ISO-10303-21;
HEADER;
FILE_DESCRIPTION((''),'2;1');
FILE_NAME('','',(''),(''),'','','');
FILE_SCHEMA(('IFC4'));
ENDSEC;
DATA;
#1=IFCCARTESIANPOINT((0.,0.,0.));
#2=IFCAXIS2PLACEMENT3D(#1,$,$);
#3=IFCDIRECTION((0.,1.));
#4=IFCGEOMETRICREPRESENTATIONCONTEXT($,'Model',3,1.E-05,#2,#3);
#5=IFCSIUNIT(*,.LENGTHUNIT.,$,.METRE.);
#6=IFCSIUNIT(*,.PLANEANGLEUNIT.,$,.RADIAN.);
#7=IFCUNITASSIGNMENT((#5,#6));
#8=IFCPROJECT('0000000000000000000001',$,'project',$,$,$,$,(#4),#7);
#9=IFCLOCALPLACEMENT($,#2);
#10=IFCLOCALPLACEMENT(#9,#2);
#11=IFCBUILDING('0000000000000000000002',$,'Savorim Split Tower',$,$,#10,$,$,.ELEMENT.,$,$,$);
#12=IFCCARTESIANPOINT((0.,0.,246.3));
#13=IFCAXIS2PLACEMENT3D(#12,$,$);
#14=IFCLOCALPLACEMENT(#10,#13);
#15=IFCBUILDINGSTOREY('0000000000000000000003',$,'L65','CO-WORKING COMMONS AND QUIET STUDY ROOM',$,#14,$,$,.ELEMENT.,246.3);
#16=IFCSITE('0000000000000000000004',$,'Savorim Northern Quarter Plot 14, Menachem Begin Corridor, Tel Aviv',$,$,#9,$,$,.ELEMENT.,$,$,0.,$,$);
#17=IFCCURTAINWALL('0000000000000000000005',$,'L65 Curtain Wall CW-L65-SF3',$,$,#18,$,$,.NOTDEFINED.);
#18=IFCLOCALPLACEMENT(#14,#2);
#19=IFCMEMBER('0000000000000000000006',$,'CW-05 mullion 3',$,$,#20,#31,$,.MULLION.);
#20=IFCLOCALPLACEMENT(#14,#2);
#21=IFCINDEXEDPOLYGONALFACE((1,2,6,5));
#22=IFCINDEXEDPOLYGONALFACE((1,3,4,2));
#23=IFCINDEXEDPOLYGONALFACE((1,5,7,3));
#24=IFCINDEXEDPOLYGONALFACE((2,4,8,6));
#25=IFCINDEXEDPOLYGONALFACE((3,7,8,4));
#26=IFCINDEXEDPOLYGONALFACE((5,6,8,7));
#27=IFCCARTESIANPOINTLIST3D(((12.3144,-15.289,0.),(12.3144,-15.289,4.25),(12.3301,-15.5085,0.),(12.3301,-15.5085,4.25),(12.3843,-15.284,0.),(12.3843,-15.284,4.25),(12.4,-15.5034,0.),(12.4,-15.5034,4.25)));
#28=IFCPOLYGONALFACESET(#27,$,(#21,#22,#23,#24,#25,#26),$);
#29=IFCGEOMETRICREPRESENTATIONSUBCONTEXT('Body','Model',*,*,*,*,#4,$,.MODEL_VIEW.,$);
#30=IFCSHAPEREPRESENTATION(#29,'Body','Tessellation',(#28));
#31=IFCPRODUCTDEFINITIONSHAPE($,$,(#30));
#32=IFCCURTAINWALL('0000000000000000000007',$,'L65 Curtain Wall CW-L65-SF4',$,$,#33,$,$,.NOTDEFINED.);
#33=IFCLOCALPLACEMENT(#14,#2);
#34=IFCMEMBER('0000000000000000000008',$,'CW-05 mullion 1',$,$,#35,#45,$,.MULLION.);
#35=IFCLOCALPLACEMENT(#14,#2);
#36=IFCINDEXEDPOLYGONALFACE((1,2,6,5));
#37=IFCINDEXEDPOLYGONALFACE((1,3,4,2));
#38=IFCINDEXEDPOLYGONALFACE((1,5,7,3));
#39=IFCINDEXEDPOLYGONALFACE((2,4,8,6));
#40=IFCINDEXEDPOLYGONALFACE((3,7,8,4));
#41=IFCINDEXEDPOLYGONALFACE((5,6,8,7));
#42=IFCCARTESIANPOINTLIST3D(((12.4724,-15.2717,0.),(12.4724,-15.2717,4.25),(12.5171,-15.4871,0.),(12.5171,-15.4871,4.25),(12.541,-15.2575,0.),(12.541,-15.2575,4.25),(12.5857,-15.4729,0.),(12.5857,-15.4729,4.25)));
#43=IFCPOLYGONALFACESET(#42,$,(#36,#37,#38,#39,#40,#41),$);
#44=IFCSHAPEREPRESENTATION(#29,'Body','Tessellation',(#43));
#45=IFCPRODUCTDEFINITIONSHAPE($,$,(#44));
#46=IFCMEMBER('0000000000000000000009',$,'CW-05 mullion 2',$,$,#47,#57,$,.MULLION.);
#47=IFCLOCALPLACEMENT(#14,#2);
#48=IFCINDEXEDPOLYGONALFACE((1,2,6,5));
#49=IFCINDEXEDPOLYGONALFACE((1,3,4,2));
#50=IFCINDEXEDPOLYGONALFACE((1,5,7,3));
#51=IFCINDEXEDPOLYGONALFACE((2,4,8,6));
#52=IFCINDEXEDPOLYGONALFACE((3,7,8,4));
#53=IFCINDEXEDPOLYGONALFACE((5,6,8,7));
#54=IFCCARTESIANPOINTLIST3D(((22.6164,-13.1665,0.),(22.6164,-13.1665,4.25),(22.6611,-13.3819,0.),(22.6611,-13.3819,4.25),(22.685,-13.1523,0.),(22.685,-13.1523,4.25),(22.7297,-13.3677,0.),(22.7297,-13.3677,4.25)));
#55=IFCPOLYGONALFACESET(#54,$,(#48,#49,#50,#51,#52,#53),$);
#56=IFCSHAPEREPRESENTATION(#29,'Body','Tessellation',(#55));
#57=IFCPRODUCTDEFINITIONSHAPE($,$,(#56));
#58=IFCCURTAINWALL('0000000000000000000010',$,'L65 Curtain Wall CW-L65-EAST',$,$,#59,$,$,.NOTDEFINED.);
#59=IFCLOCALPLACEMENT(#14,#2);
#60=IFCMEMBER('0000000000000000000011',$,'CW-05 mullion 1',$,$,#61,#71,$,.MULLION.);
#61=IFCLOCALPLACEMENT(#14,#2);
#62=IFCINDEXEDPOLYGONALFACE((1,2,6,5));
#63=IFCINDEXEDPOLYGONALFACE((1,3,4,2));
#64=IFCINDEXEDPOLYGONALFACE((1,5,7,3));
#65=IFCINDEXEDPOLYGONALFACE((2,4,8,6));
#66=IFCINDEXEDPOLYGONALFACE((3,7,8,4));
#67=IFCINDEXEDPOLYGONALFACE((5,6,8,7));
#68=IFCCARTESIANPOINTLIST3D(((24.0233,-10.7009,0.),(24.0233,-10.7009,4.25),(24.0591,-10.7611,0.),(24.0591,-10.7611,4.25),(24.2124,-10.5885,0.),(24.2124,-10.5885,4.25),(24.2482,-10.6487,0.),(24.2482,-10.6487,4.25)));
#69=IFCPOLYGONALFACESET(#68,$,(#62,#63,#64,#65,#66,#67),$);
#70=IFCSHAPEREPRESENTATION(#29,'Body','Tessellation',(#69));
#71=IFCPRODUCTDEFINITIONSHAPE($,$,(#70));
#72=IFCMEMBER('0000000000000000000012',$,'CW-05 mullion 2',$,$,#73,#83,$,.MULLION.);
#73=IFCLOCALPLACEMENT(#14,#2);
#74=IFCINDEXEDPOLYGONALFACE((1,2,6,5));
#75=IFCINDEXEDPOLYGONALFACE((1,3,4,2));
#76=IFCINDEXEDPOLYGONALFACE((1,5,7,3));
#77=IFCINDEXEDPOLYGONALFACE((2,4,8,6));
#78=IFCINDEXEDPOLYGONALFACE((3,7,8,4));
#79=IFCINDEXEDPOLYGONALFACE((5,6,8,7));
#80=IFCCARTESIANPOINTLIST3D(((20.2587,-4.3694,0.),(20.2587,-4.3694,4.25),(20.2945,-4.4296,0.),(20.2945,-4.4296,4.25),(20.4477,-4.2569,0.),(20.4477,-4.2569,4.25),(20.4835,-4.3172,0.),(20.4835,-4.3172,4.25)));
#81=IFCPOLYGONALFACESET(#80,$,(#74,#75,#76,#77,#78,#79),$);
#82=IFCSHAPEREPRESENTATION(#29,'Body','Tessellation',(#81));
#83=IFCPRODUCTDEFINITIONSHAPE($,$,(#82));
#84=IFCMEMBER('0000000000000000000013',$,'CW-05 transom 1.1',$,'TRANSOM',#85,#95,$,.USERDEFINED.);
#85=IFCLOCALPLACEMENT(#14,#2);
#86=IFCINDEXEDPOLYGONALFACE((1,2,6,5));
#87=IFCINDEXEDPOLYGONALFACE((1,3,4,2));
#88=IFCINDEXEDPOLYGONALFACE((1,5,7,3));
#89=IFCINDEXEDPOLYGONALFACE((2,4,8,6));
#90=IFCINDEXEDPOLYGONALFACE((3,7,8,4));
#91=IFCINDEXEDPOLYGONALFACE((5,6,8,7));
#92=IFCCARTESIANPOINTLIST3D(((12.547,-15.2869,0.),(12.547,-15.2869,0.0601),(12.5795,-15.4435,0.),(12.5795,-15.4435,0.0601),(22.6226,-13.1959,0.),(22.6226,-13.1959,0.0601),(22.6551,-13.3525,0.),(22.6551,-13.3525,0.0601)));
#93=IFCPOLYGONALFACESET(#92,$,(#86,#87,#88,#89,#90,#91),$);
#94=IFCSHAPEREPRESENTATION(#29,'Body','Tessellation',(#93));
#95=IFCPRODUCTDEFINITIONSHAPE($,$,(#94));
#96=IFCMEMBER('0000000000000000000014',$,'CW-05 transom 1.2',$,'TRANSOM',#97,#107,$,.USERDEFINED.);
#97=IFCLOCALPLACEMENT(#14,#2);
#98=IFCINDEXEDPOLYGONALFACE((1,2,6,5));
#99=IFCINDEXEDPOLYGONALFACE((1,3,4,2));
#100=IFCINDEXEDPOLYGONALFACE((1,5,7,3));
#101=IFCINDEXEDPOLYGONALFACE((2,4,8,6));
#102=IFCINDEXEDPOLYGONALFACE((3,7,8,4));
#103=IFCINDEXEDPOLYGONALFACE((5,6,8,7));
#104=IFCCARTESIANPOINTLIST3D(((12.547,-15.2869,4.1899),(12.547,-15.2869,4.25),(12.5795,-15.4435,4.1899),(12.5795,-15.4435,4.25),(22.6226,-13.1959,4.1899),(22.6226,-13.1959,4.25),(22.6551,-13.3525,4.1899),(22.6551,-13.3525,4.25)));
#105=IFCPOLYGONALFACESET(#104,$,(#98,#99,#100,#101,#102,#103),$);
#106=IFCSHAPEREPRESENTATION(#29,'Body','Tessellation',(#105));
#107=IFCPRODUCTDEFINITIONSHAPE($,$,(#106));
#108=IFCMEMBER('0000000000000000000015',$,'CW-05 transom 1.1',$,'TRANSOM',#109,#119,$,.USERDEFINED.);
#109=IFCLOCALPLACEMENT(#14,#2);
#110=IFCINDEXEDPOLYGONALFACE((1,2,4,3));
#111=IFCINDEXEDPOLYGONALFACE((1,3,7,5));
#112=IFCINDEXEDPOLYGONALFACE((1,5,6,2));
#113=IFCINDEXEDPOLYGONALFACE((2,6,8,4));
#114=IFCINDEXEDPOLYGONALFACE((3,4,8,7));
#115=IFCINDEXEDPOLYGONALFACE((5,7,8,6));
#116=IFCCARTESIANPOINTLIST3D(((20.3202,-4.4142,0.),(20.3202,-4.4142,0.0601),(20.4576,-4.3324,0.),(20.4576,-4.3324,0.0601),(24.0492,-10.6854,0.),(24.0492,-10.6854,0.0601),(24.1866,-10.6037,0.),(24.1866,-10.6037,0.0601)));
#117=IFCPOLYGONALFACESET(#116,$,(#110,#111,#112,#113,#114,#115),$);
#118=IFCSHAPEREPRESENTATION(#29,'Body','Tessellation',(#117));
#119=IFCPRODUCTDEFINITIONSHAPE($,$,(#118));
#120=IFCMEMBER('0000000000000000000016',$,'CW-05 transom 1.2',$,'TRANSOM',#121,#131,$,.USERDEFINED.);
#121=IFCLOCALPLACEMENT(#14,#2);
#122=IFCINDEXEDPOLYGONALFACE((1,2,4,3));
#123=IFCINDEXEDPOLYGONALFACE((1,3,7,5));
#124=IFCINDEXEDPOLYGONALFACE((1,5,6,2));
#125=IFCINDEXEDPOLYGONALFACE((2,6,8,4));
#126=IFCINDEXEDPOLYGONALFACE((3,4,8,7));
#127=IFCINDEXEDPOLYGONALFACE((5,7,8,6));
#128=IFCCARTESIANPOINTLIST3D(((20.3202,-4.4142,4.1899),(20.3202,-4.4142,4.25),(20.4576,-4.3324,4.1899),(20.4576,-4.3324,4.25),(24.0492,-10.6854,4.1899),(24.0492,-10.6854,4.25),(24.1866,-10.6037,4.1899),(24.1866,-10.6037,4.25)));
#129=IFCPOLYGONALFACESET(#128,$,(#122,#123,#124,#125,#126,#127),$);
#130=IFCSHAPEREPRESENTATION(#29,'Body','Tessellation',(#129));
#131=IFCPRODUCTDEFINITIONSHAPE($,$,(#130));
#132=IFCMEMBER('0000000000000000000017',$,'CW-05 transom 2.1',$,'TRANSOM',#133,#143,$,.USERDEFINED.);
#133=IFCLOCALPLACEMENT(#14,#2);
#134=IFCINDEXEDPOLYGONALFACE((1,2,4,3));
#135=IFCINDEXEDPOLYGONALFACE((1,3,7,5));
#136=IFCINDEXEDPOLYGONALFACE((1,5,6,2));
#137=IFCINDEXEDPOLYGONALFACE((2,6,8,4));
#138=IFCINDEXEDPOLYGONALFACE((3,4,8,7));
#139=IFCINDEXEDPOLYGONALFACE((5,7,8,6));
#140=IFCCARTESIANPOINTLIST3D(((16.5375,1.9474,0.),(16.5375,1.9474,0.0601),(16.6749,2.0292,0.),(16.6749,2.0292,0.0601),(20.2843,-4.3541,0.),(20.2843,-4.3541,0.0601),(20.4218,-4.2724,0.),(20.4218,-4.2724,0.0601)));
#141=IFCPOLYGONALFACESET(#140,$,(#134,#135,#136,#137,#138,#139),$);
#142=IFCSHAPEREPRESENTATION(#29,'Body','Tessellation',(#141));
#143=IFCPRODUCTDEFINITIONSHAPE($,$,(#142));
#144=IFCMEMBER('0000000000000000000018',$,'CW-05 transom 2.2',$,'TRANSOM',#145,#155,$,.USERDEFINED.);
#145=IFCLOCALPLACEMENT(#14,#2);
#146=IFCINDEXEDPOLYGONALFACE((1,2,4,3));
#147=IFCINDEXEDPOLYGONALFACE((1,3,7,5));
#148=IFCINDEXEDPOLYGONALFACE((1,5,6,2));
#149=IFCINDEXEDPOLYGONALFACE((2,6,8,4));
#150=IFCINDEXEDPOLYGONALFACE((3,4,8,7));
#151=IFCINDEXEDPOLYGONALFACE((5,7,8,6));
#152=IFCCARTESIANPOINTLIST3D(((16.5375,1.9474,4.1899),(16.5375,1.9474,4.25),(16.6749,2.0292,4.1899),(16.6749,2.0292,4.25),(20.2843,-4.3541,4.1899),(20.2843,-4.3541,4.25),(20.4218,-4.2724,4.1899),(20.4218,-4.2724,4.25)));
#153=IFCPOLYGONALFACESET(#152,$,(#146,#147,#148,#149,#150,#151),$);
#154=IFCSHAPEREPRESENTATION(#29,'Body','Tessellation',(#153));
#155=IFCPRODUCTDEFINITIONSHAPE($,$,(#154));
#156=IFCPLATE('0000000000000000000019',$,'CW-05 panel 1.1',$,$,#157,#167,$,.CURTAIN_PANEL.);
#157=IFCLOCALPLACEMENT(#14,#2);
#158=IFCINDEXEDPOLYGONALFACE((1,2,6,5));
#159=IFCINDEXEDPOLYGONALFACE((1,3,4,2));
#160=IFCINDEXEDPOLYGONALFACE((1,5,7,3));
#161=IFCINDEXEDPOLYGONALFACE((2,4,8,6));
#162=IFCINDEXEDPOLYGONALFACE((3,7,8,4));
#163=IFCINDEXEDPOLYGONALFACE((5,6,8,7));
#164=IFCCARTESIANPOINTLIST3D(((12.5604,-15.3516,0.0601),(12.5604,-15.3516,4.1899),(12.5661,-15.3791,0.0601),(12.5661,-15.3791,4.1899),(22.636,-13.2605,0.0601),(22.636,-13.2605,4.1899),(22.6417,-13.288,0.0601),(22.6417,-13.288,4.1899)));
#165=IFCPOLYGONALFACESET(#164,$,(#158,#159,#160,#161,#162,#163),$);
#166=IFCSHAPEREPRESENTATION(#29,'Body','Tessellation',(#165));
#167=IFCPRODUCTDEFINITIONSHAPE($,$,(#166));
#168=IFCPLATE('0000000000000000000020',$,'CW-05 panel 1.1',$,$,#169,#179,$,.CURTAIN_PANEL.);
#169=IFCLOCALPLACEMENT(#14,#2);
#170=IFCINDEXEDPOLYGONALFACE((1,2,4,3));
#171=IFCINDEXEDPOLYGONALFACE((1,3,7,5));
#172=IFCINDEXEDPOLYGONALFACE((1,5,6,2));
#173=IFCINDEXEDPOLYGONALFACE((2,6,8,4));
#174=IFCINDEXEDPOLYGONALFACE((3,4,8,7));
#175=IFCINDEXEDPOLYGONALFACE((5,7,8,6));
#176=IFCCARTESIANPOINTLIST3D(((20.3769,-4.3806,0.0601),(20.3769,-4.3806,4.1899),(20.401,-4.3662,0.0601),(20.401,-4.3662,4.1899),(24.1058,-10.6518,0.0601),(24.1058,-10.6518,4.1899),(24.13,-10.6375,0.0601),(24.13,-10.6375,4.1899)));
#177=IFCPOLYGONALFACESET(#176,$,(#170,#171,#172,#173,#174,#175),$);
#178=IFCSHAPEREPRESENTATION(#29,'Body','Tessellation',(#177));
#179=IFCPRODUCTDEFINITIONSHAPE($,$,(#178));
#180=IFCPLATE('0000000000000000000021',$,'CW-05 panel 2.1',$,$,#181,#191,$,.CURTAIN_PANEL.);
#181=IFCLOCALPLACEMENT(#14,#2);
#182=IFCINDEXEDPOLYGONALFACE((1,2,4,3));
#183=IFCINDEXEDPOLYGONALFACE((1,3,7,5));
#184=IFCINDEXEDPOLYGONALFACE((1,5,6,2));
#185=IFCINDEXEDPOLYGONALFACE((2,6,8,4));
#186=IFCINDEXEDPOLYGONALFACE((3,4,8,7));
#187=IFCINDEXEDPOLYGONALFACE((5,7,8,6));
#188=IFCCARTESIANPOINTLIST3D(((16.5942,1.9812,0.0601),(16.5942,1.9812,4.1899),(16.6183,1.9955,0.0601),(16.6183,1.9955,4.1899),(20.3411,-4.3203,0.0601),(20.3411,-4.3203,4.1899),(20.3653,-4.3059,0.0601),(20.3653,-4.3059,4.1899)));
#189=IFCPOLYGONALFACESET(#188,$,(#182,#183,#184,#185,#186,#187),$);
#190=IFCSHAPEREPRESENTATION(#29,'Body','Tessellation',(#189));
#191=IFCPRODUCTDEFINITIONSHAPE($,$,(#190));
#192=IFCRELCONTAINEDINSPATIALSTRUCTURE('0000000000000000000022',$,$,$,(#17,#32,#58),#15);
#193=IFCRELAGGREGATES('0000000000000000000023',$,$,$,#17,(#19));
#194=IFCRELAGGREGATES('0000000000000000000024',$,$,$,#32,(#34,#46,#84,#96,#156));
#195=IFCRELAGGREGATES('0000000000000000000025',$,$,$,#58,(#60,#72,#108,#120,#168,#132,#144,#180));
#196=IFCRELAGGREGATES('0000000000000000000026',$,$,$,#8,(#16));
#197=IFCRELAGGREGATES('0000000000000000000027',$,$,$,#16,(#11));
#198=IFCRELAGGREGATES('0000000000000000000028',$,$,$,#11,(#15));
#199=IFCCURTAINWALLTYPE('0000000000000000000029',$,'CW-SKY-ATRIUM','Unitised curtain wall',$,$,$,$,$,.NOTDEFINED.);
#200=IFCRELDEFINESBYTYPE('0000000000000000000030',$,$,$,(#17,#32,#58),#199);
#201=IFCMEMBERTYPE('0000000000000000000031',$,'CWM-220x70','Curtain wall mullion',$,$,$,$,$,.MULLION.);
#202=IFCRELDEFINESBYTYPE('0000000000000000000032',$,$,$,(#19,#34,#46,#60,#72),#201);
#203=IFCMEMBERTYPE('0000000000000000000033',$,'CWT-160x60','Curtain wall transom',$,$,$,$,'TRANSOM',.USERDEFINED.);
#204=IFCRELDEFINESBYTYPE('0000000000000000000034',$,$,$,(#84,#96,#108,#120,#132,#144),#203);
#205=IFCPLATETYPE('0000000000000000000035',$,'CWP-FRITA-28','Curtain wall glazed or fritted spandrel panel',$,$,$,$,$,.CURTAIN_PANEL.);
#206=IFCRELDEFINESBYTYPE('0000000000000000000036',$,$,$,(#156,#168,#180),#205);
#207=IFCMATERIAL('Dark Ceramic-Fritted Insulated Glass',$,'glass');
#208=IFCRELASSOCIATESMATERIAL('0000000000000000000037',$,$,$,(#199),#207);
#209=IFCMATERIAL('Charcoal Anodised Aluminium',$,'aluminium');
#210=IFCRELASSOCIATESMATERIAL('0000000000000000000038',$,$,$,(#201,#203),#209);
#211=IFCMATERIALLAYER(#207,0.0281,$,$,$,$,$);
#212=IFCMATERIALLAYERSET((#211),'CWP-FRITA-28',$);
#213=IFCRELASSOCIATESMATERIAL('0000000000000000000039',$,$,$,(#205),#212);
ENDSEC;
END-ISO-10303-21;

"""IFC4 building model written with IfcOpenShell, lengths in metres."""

from ifc_helpers import new_model, si_unit, direction, frame, origin, origin_2d, place, context, subcontext, project, spatial, rectangle, extrude, material, layer, layer_set, material_profile, profile_set, type_object, element, aggregate, save


model = new_model("IFC4")

# Units and contexts
model_context = context("Model", 3, precision=1e-05, world=origin(), true_north=direction((0.0, 1.0)))
body_context = subcontext(model_context, "Body", "Model", "MODEL_VIEW")
ifc_project = project(units=[si_unit("LENGTHUNIT", "METRE"), si_unit("PLANEANGLEUNIT", "RADIAN")], contexts=[model_context])

# Site, building, storey
site_placement = place(None, origin())
site = spatial("IfcSite", under=ifc_project, at=site_placement, Name="Savorim Northern Quarter Plot 14, Menachem Begin Corridor, Tel Aviv", CompositionType="ELEMENT", RefElevation=0.0)
building_placement = place(site_placement, origin())
building = spatial("IfcBuilding", under=site, at=building_placement, Name="Savorim Split Tower", CompositionType="ELEMENT")
storey_placement = place(building_placement, frame((0.0, 0.0, 246.3)))
storey = spatial("IfcBuildingStorey", under=building, at=storey_placement, Name="L65", Description="CO-WORKING COMMONS AND QUIET STUDY ROOM", CompositionType="ELEMENT", Elevation=246.3)

# Curtain wall, member
ifc_material_1 = material(Name="Dark Ceramic-Fritted Insulated Glass", Category="glass")
curtain_wall_type = type_object("IfcCurtainWallType", Name="CW-SKY-ATRIUM", Description="Unitised curtain wall", PredefinedType="NOTDEFINED", material=ifc_material_1)
curtain_wall_1_placement = place(storey_placement, origin())
curtain_wall_1 = element("IfcCurtainWall", 1, at=curtain_wall_1_placement, inside=storey, type_object=curtain_wall_type, Name="L65 Curtain Wall CW-L65-SF3", PredefinedType="NOTDEFINED")
ifc_material_2 = material(Name="Charcoal Anodised Aluminium", Category="aluminium")
ifc_material_profile_1 = material_profile(ifc_material_2, rectangle(XDim=0.22, YDim=0.0701, at=origin_2d()), Name="ALU-M 220x70")
ifc_profile_set_1 = profile_set([ifc_material_profile_1], Name="Charcoal Anodised Aluminium")
member_type_1 = type_object("IfcMemberType", Name="CWM-220x70", Description="Curtain wall mullion", PredefinedType="MULLION", material=ifc_profile_set_1)
member_1_placement = place(storey_placement, frame((12.3572, -15.3962, 0.0), z_axis=(0.0, 0.0, 1.0), x_axis=(-0.071562, 0.997436, 0.0)))
member_1 = element("IfcMember", 2, at=member_1_placement, type_object=member_type_1, Name="CW-05 mullion 3", PredefinedType="MULLION", context=body_context, shape_type="SweptSolid", body=[
    extrude(rectangle(XDim=0.22, YDim=0.0701, at=origin_2d()), origin(), (0.0, 0.0, 1.0), 4.25),
])
aggregate(curtain_wall_1, [member_1])

# Curtain walls, members
curtain_wall_2_placement = place(storey_placement, origin())
curtain_wall_2 = element("IfcCurtainWall", 3, at=curtain_wall_2_placement, inside=storey, type_object=curtain_wall_type, Name="L65 Curtain Wall CW-L65-SF4", PredefinedType="NOTDEFINED")
member_2_placement = place(storey_placement, frame((12.5291, -15.3723, 0.0), z_axis=(0.0, 0.0, 1.0), x_axis=(-0.203208, 0.979136, 0.0)))
member_2 = element("IfcMember", 4, at=member_2_placement, type_object=member_type_1, Name="CW-05 mullion 1", PredefinedType="MULLION", context=body_context, shape_type="SweptSolid", body=[
    extrude(rectangle(XDim=0.22, YDim=0.0701, at=origin_2d()), origin(), (0.0, 0.0, 1.0), 4.25),
])
member_3_placement = place(storey_placement, frame((22.6731, -13.2671, 0.0), z_axis=(0.0, 0.0, 1.0), x_axis=(-0.203208, 0.979136, 0.0)))
member_3 = element("IfcMember", 5, at=member_3_placement, type_object=member_type_1, Name="CW-05 mullion 2", PredefinedType="MULLION", context=body_context, shape_type="SweptSolid", body=[
    extrude(rectangle(XDim=0.22, YDim=0.0701, at=origin_2d()), origin(), (0.0, 0.0, 1.0), 4.25),
])
curtain_wall_3_placement = place(storey_placement, origin())
curtain_wall_3 = element("IfcCurtainWall", 6, at=curtain_wall_3_placement, inside=storey, type_object=curtain_wall_type, Name="L65 Curtain Wall CW-L65-EAST", PredefinedType="NOTDEFINED")
member_4_placement = place(storey_placement, frame((24.1357, -10.6748, 0.0), z_axis=(0.0, 0.0, 1.0), x_axis=(-0.859527, -0.51109, 0.0)))
member_4 = element("IfcMember", 7, at=member_4_placement, type_object=member_type_1, Name="CW-05 mullion 1", PredefinedType="MULLION", context=body_context, shape_type="SweptSolid", body=[
    extrude(rectangle(XDim=0.22, YDim=0.0701, at=origin_2d()), origin(), (0.0, 0.0, 1.0), 4.25),
])
member_5_placement = place(storey_placement, frame((20.3711, -4.3433, 0.0), z_axis=(0.0, 0.0, 1.0), x_axis=(-0.859527, -0.51109, 0.0)))
member_5 = element("IfcMember", 8, at=member_5_placement, type_object=member_type_1, Name="CW-05 mullion 2", PredefinedType="MULLION", context=body_context, shape_type="SweptSolid", body=[
    extrude(rectangle(XDim=0.22, YDim=0.0701, at=origin_2d()), origin(), (0.0, 0.0, 1.0), 4.25),
])

# Members
ifc_material_profile_2 = material_profile(ifc_material_2, rectangle(XDim=0.1599, YDim=0.0601, at=origin_2d()), Name="ALU-T 160x60")
ifc_profile_set_2 = profile_set([ifc_material_profile_2], Name="Charcoal Anodised Aluminium")
member_type_2 = type_object("IfcMemberType", Name="CWT-160x60", Description="Curtain wall transom", ElementType="TRANSOM", PredefinedType="USERDEFINED", material=ifc_profile_set_2)
member_6_placement = place(storey_placement, frame((12.5632, -15.3652, 0.03), z_axis=(0.979136, 0.203206, 0.0), x_axis=(-0.203206, 0.979136, 0.0)))
member_6 = element("IfcMember", 9, at=member_6_placement, type_object=member_type_2, Name="CW-05 transom 1.1", ObjectType="TRANSOM", PredefinedType="USERDEFINED", context=body_context, shape_type="SweptSolid", body=[
    extrude(rectangle(XDim=0.1599, YDim=0.0601, at=origin_2d()), origin(), (0.0, 0.0, 1.0), 10.2903),
])
member_7_placement = place(storey_placement, frame((12.5632, -15.3652, 4.22), z_axis=(0.979136, 0.203206, 0.0), x_axis=(-0.203206, 0.979136, 0.0)))
member_7 = element("IfcMember", 10, at=member_7_placement, type_object=member_type_2, Name="CW-05 transom 1.2", ObjectType="TRANSOM", PredefinedType="USERDEFINED", context=body_context, shape_type="SweptSolid", body=[
    extrude(rectangle(XDim=0.1599, YDim=0.0601, at=origin_2d()), origin(), (0.0, 0.0, 1.0), 10.2903),
])
member_8_placement = place(storey_placement, frame((24.1179, -10.6445, 0.03), z_axis=(-0.511091, 0.859526, 0.0), x_axis=(-0.859526, -0.511091, 0.0)))
member_8 = element("IfcMember", 11, at=member_8_placement, type_object=member_type_2, Name="CW-05 transom 1.1", ObjectType="TRANSOM", PredefinedType="USERDEFINED", context=body_context, shape_type="SweptSolid", body=[
    extrude(rectangle(XDim=0.1599, YDim=0.0601, at=origin_2d()), origin(), (0.0, 0.0, 1.0), 7.2961),
])
member_9_placement = place(storey_placement, frame((24.1179, -10.6445, 4.22), z_axis=(-0.511091, 0.859526, 0.0), x_axis=(-0.859526, -0.511091, 0.0)))
member_9 = element("IfcMember", 12, at=member_9_placement, type_object=member_type_2, Name="CW-05 transom 1.2", ObjectType="TRANSOM", PredefinedType="USERDEFINED", context=body_context, shape_type="SweptSolid", body=[
    extrude(rectangle(XDim=0.1599, YDim=0.0601, at=origin_2d()), origin(), (0.0, 0.0, 1.0), 7.2961),
])
member_10_placement = place(storey_placement, frame((20.353, -4.3132, 0.03), z_axis=(-0.511073, 0.859537, 0.0), x_axis=(-0.859537, -0.511073, 0.0)))
member_10 = element("IfcMember", 13, at=member_10_placement, type_object=member_type_2, Name="CW-05 transom 2.1", ObjectType="TRANSOM", PredefinedType="USERDEFINED", context=body_context, shape_type="SweptSolid", body=[
    extrude(rectangle(XDim=0.1599, YDim=0.0601, at=origin_2d()), origin(), (0.0, 0.0, 1.0), 7.3313),
])
member_11_placement = place(storey_placement, frame((20.353, -4.3132, 4.22), z_axis=(-0.511073, 0.859537, 0.0), x_axis=(-0.859537, -0.511073, 0.0)))
member_11 = element("IfcMember", 14, at=member_11_placement, type_object=member_type_2, Name="CW-05 transom 2.2", ObjectType="TRANSOM", PredefinedType="USERDEFINED", context=body_context, shape_type="SweptSolid", body=[
    extrude(rectangle(XDim=0.1599, YDim=0.0601, at=origin_2d()), origin(), (0.0, 0.0, 1.0), 7.3313),
])

# Plates
ifc_layer_1 = layer(ifc_material_1, 0.0281)
ifc_layer_set_1 = layer_set([ifc_layer_1], Name="CWP-FRITA-28")
plate_type = type_object("IfcPlateType", Name="CWP-FRITA-28", Description="Curtain wall glazed or fritted spandrel panel", PredefinedType="CURTAIN_PANEL", material=ifc_layer_set_1)
plate_1_placement = place(storey_placement, frame((17.6011, -14.3198, 0.0601), z_axis=(0.0, 0.0, 1.0), x_axis=(0.979136, 0.203208, 0.0)))
plate_1 = element("IfcPlate", 15, at=plate_1_placement, type_object=plate_type, Name="CW-05 panel 1.1", PredefinedType="CURTAIN_PANEL", context=body_context, shape_type="SweptSolid", body=[
    extrude(rectangle(XDim=10.2903, YDim=0.0281, at=origin_2d()), origin(), (0.0, 0.0, 1.0), 4.1299),
])
aggregate(curtain_wall_2, [member_2, member_3, member_6, member_7, plate_1])
plate_2_placement = place(storey_placement, frame((22.2534, -7.509, 0.0601), z_axis=(0.0, 0.0, 1.0), x_axis=(-0.51109, 0.859527, 0.0)))
plate_2 = element("IfcPlate", 16, at=plate_2_placement, type_object=plate_type, Name="CW-05 panel 1.1", PredefinedType="CURTAIN_PANEL", context=body_context, shape_type="SweptSolid", body=[
    extrude(rectangle(XDim=7.2961, YDim=0.0281, at=origin_2d()), origin(), (0.0, 0.0, 1.0), 4.1299),
])
plate_3_placement = place(storey_placement, frame((18.4797, -1.1624, 0.0601), z_axis=(0.0, 0.0, 1.0), x_axis=(-0.51109, 0.859527, 0.0)))
plate_3 = element("IfcPlate", 17, at=plate_3_placement, type_object=plate_type, Name="CW-05 panel 2.1", PredefinedType="CURTAIN_PANEL", context=body_context, shape_type="SweptSolid", body=[
    extrude(rectangle(XDim=7.3313, YDim=0.0281, at=origin_2d()), origin(), (0.0, 0.0, 1.0), 4.1299),
])
aggregate(curtain_wall_3, [member_4, member_5, member_8, member_9, plate_2, member_10, member_11, plate_3])

save(model, "model.ifc")
